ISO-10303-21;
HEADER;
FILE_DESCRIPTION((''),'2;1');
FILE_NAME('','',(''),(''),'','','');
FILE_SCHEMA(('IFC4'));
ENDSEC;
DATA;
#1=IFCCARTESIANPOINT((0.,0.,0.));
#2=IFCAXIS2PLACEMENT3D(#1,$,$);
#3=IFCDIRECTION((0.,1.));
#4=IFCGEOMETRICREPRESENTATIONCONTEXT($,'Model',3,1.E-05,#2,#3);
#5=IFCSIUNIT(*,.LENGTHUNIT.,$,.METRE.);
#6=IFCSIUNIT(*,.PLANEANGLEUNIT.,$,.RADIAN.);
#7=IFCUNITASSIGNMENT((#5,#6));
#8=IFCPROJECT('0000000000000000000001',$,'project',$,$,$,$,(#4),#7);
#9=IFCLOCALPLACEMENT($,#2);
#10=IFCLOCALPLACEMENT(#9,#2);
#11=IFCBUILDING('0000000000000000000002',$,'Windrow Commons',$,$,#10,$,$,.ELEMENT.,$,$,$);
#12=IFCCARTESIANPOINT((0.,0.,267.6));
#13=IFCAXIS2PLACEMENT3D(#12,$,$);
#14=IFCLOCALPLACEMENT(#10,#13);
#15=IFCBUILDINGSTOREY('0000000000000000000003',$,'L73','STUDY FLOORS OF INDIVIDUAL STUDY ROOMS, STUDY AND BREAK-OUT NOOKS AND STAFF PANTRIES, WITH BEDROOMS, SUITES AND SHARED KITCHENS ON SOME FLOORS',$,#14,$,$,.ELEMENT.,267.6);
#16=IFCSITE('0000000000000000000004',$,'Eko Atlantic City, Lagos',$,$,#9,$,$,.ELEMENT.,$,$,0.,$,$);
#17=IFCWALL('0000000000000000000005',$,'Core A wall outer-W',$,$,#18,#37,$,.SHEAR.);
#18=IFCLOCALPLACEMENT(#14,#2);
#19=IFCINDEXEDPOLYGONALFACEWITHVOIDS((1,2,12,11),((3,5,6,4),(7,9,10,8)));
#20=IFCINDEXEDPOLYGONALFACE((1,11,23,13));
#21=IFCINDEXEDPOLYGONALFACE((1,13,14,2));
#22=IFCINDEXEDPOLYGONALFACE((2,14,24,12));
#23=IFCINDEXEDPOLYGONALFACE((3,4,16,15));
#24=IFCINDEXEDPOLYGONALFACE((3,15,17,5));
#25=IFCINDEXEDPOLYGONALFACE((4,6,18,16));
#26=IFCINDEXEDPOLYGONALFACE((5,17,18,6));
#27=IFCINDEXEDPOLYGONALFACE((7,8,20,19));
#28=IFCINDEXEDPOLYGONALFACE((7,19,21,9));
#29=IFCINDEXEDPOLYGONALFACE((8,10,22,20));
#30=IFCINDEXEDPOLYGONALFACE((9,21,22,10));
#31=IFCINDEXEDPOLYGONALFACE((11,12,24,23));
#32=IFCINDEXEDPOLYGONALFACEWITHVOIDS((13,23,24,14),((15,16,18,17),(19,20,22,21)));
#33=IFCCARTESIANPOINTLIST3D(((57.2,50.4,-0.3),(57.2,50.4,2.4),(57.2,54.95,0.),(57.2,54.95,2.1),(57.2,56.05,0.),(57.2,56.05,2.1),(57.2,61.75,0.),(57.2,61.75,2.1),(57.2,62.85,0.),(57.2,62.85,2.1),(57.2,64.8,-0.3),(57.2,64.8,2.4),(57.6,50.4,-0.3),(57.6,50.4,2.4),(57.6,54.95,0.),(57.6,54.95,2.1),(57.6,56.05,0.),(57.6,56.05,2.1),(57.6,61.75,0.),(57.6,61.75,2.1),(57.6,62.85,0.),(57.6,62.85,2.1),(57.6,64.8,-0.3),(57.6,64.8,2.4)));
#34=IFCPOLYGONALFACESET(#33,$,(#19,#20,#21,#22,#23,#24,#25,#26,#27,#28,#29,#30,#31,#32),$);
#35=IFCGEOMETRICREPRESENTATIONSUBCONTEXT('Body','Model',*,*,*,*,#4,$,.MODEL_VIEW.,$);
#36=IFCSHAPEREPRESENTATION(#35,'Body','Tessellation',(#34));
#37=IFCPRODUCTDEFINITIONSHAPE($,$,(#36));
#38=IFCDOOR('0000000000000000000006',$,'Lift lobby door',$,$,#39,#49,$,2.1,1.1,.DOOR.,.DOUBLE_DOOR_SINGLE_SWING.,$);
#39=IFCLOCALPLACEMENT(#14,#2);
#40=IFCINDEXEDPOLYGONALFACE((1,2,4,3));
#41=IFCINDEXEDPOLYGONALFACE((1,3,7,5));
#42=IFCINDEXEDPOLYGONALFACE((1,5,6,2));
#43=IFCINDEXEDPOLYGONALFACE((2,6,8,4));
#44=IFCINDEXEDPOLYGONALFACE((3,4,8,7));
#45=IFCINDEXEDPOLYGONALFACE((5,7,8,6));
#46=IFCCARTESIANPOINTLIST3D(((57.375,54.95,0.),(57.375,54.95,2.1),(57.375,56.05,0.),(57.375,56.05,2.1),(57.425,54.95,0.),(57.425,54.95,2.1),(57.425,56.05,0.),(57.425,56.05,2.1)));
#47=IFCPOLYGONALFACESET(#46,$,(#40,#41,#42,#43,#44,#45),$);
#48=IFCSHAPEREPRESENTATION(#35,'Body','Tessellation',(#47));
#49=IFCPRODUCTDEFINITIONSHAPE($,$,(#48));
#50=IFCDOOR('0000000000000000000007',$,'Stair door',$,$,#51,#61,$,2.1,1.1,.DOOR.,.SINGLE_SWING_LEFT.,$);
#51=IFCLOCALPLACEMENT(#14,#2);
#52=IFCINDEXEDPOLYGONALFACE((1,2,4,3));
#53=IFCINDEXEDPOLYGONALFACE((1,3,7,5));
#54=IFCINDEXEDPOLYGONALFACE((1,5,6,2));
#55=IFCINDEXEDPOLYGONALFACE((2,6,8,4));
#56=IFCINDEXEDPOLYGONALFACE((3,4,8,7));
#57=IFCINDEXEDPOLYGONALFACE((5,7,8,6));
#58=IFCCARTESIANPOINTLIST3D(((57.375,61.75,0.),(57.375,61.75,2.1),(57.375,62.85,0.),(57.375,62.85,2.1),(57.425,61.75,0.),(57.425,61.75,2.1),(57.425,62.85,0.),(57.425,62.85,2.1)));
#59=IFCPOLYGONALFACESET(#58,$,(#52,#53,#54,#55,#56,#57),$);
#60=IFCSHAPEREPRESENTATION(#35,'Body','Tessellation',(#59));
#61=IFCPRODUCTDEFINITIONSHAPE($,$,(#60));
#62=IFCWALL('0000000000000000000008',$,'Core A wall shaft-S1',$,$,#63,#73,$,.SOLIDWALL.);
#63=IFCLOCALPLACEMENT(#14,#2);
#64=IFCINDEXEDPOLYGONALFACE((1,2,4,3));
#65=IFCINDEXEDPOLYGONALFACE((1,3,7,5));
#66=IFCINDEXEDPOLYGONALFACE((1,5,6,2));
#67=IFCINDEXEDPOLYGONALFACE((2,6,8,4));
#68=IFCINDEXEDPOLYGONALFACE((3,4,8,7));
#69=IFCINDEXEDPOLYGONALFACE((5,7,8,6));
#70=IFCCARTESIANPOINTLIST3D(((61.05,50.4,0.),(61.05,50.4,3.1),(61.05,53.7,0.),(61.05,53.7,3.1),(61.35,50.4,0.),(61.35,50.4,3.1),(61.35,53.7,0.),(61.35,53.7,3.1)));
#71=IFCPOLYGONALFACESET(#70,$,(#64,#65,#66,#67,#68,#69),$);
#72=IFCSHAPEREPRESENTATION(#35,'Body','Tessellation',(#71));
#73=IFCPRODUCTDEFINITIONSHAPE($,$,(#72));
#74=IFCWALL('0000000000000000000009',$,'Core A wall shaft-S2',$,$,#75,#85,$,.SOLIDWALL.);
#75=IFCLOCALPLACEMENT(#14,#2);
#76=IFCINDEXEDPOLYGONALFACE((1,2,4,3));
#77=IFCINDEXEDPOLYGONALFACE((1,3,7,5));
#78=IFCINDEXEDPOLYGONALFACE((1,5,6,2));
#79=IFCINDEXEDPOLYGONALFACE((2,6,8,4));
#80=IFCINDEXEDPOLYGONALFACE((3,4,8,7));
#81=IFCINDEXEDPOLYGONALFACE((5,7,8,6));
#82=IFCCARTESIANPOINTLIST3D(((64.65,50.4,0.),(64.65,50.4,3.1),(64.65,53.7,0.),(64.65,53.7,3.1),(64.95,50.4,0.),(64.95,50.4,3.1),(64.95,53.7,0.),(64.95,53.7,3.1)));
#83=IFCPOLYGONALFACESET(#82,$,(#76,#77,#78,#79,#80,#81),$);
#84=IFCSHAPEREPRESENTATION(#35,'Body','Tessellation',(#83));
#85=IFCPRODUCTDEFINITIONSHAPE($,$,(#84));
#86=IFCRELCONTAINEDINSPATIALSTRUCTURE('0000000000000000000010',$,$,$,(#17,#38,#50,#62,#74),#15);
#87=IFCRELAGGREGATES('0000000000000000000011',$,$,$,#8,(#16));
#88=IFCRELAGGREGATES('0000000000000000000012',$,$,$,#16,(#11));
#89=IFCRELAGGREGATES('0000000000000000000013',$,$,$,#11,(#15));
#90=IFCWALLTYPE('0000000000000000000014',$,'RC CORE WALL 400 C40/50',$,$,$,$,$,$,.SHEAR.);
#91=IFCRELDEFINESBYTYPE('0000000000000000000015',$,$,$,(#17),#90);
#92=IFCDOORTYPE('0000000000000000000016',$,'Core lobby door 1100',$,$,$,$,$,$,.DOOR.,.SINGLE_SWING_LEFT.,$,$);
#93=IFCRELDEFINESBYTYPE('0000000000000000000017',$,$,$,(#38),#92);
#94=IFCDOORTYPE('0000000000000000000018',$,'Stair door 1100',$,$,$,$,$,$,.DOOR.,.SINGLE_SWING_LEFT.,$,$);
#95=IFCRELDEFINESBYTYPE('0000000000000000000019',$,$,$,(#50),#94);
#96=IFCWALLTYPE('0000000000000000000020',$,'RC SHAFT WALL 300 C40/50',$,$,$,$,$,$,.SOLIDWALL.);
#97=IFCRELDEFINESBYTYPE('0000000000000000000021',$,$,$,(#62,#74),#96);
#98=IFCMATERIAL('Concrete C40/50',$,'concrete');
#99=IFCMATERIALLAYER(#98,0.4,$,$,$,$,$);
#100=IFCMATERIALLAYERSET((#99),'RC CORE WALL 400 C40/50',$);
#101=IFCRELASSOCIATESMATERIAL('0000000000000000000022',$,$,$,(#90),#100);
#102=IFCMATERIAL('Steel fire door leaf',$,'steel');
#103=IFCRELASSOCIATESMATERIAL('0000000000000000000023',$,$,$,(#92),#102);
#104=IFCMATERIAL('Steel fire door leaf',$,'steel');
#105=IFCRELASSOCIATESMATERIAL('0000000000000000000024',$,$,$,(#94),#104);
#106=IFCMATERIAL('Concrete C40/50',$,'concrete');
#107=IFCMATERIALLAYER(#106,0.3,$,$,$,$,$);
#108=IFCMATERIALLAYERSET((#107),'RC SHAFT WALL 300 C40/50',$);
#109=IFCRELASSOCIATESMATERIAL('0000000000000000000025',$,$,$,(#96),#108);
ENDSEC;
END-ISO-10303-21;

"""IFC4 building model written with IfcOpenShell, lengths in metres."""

from ifc_helpers import new_model, si_unit, direction, frame, frame_2d, origin, place, context, subcontext, project, spatial, rectangle, extrude, material, layer, layer_set, type_object, element, fill, save


model = new_model("IFC4")

# Units and contexts
model_context = context("Model", 3, precision=1e-05, world=origin(), true_north=direction((0.0, 1.0)))
body_context = subcontext(model_context, "Body", "Model", "MODEL_VIEW")
ifc_project = project(units=[si_unit("LENGTHUNIT", "METRE"), si_unit("PLANEANGLEUNIT", "RADIAN")], contexts=[model_context])

# Site, building, storey
site_placement = place(None, origin())
site = spatial("IfcSite", under=ifc_project, at=site_placement, Name="Eko Atlantic City, Lagos", CompositionType="ELEMENT", RefElevation=0.0)
building_placement = place(site_placement, origin())
building = spatial("IfcBuilding", under=site, at=building_placement, Name="Windrow Commons", CompositionType="ELEMENT")
storey_placement = place(building_placement, frame((0.0, 0.0, 267.6)))
storey = spatial("IfcBuildingStorey", under=building, at=storey_placement, Name="L73", Description="STUDY FLOORS OF INDIVIDUAL STUDY ROOMS, STUDY AND BREAK-OUT NOOKS AND STAFF PANTRIES, WITH BEDROOMS, SUITES AND SHARED KITCHENS ON SOME FLOORS", CompositionType="ELEMENT", Elevation=267.6)

# Wall, openings, doors
ifc_material_1 = material(Name="Concrete C40/50", Category="concrete")
ifc_layer_1 = layer(ifc_material_1, 0.4)
ifc_layer_set_1 = layer_set([ifc_layer_1], Name="RC CORE WALL 400 C40/50")
wall_type_1 = type_object("IfcWallType", Name="RC CORE WALL 400 C40/50", PredefinedType="SHEAR", material=ifc_layer_set_1)
wall_1_placement = place(storey_placement, frame((57.4, 50.4, -0.3), z_axis=(0.0, 0.0, 1.0), x_axis=(0.0, 1.0, 0.0)))
wall_1 = element("IfcWall", 1, at=wall_1_placement, inside=storey, type_object=wall_type_1, Name="Core A wall outer-W", PredefinedType="SHEAR", context=body_context, shape_type="SweptSolid", body=[
    extrude(rectangle(XDim=14.4, YDim=0.4, at=frame_2d((7.2, 0.0))), origin(), (0.0, 0.0, 1.0), 2.7),
])
opening_1_placement = place(wall_1_placement, frame((4.55, 0.0, 0.3)))
opening_1 = element("IfcOpeningElement", 2, at=opening_1_placement, cuts=wall_1, PredefinedType="OPENING", context=body_context, shape_type="SweptSolid", body=[
    extrude(rectangle(XDim=1.1, YDim=2.1, at=frame_2d((0.55, 1.05))), frame((0.0, 0.21, 0.0), z_axis=(0.0, -1.0, 0.0), x_axis=(1.0, 0.0, 0.0)), (0.0, 0.0, 1.0), 0.42),
])
opening_2_placement = place(wall_1_placement, frame((11.35, 0.0, 0.3)))
opening_2 = element("IfcOpeningElement", 3, at=opening_2_placement, cuts=wall_1, PredefinedType="OPENING", context=body_context, shape_type="SweptSolid", body=[
    extrude(rectangle(XDim=1.1, YDim=2.1, at=frame_2d((0.55, 1.05))), frame((0.0, 0.21, 0.0), z_axis=(0.0, -1.0, 0.0), x_axis=(1.0, 0.0, 0.0)), (0.0, 0.0, 1.0), 0.42),
])
ifc_material_2 = material(Name="Steel fire door leaf", Category="steel")
door_type_1 = type_object("IfcDoorType", Name="Core lobby door 1100", OperationType="SINGLE_SWING_LEFT", PredefinedType="DOOR", material=ifc_material_2)
door_1_placement = place(opening_1_placement, origin())
door_1 = element("IfcDoor", 4, at=door_1_placement, inside=storey, type_object=door_type_1, Name="Lift lobby door", OperationType="DOUBLE_DOOR_SINGLE_SWING", OverallHeight=2.1, OverallWidth=1.1, PredefinedType="DOOR", context=body_context, shape_type="SweptSolid", body=[
    extrude(rectangle(XDim=1.1, YDim=2.1, at=frame_2d((0.55, 1.05))), frame((0.0, 0.025, 0.0), z_axis=(0.0, -1.0, 0.0), x_axis=(1.0, 0.0, 0.0)), (0.0, 0.0, 1.0), 0.05),
])
fill(opening_1, door_1)
ifc_material_3 = material(Name="Steel fire door leaf", Category="steel")
door_type_2 = type_object("IfcDoorType", Name="Stair door 1100", OperationType="SINGLE_SWING_LEFT", PredefinedType="DOOR", material=ifc_material_3)
door_2_placement = place(opening_2_placement, origin())
door_2 = element("IfcDoor", 5, at=door_2_placement, inside=storey, type_object=door_type_2, Name="Stair door", OperationType="SINGLE_SWING_LEFT", OverallHeight=2.1, OverallWidth=1.1, PredefinedType="DOOR", context=body_context, shape_type="SweptSolid", body=[
    extrude(rectangle(XDim=1.1, YDim=2.1, at=frame_2d((0.55, 1.05))), frame((0.0, 0.025, 0.0), z_axis=(0.0, -1.0, 0.0), x_axis=(1.0, 0.0, 0.0)), (0.0, 0.0, 1.0), 0.05),
])
fill(opening_2, door_2)

# Walls
ifc_material_4 = material(Name="Concrete C40/50", Category="concrete")
ifc_layer_2 = layer(ifc_material_4, 0.3)
ifc_layer_set_2 = layer_set([ifc_layer_2], Name="RC SHAFT WALL 300 C40/50")
wall_type_2 = type_object("IfcWallType", Name="RC SHAFT WALL 300 C40/50", PredefinedType="SOLIDWALL", material=ifc_layer_set_2)
for number, where, z_axis, x_axis, name in (
    (6, (61.2, 50.4, 0.0), (0.0, 0.0, 1.0), (0.0, 1.0, 0.0), "Core A wall shaft-S1"),
    (7, (64.8, 50.4, 0.0), (0.0, 0.0, 1.0), (0.0, 1.0, 0.0), "Core A wall shaft-S2"),
):
    element("IfcWall", number, at=place(storey_placement, frame(where, z_axis=z_axis, x_axis=x_axis)), inside=storey, type_object=wall_type_2, Name=name, PredefinedType="SOLIDWALL", context=body_context, shape_type="SweptSolid", body=[
        extrude(rectangle(XDim=3.3, YDim=0.3, at=frame_2d((1.65, 0.0))), origin(), (0.0, 0.0, 1.0), 3.1),
    ])

save(model, "model.ifc")
